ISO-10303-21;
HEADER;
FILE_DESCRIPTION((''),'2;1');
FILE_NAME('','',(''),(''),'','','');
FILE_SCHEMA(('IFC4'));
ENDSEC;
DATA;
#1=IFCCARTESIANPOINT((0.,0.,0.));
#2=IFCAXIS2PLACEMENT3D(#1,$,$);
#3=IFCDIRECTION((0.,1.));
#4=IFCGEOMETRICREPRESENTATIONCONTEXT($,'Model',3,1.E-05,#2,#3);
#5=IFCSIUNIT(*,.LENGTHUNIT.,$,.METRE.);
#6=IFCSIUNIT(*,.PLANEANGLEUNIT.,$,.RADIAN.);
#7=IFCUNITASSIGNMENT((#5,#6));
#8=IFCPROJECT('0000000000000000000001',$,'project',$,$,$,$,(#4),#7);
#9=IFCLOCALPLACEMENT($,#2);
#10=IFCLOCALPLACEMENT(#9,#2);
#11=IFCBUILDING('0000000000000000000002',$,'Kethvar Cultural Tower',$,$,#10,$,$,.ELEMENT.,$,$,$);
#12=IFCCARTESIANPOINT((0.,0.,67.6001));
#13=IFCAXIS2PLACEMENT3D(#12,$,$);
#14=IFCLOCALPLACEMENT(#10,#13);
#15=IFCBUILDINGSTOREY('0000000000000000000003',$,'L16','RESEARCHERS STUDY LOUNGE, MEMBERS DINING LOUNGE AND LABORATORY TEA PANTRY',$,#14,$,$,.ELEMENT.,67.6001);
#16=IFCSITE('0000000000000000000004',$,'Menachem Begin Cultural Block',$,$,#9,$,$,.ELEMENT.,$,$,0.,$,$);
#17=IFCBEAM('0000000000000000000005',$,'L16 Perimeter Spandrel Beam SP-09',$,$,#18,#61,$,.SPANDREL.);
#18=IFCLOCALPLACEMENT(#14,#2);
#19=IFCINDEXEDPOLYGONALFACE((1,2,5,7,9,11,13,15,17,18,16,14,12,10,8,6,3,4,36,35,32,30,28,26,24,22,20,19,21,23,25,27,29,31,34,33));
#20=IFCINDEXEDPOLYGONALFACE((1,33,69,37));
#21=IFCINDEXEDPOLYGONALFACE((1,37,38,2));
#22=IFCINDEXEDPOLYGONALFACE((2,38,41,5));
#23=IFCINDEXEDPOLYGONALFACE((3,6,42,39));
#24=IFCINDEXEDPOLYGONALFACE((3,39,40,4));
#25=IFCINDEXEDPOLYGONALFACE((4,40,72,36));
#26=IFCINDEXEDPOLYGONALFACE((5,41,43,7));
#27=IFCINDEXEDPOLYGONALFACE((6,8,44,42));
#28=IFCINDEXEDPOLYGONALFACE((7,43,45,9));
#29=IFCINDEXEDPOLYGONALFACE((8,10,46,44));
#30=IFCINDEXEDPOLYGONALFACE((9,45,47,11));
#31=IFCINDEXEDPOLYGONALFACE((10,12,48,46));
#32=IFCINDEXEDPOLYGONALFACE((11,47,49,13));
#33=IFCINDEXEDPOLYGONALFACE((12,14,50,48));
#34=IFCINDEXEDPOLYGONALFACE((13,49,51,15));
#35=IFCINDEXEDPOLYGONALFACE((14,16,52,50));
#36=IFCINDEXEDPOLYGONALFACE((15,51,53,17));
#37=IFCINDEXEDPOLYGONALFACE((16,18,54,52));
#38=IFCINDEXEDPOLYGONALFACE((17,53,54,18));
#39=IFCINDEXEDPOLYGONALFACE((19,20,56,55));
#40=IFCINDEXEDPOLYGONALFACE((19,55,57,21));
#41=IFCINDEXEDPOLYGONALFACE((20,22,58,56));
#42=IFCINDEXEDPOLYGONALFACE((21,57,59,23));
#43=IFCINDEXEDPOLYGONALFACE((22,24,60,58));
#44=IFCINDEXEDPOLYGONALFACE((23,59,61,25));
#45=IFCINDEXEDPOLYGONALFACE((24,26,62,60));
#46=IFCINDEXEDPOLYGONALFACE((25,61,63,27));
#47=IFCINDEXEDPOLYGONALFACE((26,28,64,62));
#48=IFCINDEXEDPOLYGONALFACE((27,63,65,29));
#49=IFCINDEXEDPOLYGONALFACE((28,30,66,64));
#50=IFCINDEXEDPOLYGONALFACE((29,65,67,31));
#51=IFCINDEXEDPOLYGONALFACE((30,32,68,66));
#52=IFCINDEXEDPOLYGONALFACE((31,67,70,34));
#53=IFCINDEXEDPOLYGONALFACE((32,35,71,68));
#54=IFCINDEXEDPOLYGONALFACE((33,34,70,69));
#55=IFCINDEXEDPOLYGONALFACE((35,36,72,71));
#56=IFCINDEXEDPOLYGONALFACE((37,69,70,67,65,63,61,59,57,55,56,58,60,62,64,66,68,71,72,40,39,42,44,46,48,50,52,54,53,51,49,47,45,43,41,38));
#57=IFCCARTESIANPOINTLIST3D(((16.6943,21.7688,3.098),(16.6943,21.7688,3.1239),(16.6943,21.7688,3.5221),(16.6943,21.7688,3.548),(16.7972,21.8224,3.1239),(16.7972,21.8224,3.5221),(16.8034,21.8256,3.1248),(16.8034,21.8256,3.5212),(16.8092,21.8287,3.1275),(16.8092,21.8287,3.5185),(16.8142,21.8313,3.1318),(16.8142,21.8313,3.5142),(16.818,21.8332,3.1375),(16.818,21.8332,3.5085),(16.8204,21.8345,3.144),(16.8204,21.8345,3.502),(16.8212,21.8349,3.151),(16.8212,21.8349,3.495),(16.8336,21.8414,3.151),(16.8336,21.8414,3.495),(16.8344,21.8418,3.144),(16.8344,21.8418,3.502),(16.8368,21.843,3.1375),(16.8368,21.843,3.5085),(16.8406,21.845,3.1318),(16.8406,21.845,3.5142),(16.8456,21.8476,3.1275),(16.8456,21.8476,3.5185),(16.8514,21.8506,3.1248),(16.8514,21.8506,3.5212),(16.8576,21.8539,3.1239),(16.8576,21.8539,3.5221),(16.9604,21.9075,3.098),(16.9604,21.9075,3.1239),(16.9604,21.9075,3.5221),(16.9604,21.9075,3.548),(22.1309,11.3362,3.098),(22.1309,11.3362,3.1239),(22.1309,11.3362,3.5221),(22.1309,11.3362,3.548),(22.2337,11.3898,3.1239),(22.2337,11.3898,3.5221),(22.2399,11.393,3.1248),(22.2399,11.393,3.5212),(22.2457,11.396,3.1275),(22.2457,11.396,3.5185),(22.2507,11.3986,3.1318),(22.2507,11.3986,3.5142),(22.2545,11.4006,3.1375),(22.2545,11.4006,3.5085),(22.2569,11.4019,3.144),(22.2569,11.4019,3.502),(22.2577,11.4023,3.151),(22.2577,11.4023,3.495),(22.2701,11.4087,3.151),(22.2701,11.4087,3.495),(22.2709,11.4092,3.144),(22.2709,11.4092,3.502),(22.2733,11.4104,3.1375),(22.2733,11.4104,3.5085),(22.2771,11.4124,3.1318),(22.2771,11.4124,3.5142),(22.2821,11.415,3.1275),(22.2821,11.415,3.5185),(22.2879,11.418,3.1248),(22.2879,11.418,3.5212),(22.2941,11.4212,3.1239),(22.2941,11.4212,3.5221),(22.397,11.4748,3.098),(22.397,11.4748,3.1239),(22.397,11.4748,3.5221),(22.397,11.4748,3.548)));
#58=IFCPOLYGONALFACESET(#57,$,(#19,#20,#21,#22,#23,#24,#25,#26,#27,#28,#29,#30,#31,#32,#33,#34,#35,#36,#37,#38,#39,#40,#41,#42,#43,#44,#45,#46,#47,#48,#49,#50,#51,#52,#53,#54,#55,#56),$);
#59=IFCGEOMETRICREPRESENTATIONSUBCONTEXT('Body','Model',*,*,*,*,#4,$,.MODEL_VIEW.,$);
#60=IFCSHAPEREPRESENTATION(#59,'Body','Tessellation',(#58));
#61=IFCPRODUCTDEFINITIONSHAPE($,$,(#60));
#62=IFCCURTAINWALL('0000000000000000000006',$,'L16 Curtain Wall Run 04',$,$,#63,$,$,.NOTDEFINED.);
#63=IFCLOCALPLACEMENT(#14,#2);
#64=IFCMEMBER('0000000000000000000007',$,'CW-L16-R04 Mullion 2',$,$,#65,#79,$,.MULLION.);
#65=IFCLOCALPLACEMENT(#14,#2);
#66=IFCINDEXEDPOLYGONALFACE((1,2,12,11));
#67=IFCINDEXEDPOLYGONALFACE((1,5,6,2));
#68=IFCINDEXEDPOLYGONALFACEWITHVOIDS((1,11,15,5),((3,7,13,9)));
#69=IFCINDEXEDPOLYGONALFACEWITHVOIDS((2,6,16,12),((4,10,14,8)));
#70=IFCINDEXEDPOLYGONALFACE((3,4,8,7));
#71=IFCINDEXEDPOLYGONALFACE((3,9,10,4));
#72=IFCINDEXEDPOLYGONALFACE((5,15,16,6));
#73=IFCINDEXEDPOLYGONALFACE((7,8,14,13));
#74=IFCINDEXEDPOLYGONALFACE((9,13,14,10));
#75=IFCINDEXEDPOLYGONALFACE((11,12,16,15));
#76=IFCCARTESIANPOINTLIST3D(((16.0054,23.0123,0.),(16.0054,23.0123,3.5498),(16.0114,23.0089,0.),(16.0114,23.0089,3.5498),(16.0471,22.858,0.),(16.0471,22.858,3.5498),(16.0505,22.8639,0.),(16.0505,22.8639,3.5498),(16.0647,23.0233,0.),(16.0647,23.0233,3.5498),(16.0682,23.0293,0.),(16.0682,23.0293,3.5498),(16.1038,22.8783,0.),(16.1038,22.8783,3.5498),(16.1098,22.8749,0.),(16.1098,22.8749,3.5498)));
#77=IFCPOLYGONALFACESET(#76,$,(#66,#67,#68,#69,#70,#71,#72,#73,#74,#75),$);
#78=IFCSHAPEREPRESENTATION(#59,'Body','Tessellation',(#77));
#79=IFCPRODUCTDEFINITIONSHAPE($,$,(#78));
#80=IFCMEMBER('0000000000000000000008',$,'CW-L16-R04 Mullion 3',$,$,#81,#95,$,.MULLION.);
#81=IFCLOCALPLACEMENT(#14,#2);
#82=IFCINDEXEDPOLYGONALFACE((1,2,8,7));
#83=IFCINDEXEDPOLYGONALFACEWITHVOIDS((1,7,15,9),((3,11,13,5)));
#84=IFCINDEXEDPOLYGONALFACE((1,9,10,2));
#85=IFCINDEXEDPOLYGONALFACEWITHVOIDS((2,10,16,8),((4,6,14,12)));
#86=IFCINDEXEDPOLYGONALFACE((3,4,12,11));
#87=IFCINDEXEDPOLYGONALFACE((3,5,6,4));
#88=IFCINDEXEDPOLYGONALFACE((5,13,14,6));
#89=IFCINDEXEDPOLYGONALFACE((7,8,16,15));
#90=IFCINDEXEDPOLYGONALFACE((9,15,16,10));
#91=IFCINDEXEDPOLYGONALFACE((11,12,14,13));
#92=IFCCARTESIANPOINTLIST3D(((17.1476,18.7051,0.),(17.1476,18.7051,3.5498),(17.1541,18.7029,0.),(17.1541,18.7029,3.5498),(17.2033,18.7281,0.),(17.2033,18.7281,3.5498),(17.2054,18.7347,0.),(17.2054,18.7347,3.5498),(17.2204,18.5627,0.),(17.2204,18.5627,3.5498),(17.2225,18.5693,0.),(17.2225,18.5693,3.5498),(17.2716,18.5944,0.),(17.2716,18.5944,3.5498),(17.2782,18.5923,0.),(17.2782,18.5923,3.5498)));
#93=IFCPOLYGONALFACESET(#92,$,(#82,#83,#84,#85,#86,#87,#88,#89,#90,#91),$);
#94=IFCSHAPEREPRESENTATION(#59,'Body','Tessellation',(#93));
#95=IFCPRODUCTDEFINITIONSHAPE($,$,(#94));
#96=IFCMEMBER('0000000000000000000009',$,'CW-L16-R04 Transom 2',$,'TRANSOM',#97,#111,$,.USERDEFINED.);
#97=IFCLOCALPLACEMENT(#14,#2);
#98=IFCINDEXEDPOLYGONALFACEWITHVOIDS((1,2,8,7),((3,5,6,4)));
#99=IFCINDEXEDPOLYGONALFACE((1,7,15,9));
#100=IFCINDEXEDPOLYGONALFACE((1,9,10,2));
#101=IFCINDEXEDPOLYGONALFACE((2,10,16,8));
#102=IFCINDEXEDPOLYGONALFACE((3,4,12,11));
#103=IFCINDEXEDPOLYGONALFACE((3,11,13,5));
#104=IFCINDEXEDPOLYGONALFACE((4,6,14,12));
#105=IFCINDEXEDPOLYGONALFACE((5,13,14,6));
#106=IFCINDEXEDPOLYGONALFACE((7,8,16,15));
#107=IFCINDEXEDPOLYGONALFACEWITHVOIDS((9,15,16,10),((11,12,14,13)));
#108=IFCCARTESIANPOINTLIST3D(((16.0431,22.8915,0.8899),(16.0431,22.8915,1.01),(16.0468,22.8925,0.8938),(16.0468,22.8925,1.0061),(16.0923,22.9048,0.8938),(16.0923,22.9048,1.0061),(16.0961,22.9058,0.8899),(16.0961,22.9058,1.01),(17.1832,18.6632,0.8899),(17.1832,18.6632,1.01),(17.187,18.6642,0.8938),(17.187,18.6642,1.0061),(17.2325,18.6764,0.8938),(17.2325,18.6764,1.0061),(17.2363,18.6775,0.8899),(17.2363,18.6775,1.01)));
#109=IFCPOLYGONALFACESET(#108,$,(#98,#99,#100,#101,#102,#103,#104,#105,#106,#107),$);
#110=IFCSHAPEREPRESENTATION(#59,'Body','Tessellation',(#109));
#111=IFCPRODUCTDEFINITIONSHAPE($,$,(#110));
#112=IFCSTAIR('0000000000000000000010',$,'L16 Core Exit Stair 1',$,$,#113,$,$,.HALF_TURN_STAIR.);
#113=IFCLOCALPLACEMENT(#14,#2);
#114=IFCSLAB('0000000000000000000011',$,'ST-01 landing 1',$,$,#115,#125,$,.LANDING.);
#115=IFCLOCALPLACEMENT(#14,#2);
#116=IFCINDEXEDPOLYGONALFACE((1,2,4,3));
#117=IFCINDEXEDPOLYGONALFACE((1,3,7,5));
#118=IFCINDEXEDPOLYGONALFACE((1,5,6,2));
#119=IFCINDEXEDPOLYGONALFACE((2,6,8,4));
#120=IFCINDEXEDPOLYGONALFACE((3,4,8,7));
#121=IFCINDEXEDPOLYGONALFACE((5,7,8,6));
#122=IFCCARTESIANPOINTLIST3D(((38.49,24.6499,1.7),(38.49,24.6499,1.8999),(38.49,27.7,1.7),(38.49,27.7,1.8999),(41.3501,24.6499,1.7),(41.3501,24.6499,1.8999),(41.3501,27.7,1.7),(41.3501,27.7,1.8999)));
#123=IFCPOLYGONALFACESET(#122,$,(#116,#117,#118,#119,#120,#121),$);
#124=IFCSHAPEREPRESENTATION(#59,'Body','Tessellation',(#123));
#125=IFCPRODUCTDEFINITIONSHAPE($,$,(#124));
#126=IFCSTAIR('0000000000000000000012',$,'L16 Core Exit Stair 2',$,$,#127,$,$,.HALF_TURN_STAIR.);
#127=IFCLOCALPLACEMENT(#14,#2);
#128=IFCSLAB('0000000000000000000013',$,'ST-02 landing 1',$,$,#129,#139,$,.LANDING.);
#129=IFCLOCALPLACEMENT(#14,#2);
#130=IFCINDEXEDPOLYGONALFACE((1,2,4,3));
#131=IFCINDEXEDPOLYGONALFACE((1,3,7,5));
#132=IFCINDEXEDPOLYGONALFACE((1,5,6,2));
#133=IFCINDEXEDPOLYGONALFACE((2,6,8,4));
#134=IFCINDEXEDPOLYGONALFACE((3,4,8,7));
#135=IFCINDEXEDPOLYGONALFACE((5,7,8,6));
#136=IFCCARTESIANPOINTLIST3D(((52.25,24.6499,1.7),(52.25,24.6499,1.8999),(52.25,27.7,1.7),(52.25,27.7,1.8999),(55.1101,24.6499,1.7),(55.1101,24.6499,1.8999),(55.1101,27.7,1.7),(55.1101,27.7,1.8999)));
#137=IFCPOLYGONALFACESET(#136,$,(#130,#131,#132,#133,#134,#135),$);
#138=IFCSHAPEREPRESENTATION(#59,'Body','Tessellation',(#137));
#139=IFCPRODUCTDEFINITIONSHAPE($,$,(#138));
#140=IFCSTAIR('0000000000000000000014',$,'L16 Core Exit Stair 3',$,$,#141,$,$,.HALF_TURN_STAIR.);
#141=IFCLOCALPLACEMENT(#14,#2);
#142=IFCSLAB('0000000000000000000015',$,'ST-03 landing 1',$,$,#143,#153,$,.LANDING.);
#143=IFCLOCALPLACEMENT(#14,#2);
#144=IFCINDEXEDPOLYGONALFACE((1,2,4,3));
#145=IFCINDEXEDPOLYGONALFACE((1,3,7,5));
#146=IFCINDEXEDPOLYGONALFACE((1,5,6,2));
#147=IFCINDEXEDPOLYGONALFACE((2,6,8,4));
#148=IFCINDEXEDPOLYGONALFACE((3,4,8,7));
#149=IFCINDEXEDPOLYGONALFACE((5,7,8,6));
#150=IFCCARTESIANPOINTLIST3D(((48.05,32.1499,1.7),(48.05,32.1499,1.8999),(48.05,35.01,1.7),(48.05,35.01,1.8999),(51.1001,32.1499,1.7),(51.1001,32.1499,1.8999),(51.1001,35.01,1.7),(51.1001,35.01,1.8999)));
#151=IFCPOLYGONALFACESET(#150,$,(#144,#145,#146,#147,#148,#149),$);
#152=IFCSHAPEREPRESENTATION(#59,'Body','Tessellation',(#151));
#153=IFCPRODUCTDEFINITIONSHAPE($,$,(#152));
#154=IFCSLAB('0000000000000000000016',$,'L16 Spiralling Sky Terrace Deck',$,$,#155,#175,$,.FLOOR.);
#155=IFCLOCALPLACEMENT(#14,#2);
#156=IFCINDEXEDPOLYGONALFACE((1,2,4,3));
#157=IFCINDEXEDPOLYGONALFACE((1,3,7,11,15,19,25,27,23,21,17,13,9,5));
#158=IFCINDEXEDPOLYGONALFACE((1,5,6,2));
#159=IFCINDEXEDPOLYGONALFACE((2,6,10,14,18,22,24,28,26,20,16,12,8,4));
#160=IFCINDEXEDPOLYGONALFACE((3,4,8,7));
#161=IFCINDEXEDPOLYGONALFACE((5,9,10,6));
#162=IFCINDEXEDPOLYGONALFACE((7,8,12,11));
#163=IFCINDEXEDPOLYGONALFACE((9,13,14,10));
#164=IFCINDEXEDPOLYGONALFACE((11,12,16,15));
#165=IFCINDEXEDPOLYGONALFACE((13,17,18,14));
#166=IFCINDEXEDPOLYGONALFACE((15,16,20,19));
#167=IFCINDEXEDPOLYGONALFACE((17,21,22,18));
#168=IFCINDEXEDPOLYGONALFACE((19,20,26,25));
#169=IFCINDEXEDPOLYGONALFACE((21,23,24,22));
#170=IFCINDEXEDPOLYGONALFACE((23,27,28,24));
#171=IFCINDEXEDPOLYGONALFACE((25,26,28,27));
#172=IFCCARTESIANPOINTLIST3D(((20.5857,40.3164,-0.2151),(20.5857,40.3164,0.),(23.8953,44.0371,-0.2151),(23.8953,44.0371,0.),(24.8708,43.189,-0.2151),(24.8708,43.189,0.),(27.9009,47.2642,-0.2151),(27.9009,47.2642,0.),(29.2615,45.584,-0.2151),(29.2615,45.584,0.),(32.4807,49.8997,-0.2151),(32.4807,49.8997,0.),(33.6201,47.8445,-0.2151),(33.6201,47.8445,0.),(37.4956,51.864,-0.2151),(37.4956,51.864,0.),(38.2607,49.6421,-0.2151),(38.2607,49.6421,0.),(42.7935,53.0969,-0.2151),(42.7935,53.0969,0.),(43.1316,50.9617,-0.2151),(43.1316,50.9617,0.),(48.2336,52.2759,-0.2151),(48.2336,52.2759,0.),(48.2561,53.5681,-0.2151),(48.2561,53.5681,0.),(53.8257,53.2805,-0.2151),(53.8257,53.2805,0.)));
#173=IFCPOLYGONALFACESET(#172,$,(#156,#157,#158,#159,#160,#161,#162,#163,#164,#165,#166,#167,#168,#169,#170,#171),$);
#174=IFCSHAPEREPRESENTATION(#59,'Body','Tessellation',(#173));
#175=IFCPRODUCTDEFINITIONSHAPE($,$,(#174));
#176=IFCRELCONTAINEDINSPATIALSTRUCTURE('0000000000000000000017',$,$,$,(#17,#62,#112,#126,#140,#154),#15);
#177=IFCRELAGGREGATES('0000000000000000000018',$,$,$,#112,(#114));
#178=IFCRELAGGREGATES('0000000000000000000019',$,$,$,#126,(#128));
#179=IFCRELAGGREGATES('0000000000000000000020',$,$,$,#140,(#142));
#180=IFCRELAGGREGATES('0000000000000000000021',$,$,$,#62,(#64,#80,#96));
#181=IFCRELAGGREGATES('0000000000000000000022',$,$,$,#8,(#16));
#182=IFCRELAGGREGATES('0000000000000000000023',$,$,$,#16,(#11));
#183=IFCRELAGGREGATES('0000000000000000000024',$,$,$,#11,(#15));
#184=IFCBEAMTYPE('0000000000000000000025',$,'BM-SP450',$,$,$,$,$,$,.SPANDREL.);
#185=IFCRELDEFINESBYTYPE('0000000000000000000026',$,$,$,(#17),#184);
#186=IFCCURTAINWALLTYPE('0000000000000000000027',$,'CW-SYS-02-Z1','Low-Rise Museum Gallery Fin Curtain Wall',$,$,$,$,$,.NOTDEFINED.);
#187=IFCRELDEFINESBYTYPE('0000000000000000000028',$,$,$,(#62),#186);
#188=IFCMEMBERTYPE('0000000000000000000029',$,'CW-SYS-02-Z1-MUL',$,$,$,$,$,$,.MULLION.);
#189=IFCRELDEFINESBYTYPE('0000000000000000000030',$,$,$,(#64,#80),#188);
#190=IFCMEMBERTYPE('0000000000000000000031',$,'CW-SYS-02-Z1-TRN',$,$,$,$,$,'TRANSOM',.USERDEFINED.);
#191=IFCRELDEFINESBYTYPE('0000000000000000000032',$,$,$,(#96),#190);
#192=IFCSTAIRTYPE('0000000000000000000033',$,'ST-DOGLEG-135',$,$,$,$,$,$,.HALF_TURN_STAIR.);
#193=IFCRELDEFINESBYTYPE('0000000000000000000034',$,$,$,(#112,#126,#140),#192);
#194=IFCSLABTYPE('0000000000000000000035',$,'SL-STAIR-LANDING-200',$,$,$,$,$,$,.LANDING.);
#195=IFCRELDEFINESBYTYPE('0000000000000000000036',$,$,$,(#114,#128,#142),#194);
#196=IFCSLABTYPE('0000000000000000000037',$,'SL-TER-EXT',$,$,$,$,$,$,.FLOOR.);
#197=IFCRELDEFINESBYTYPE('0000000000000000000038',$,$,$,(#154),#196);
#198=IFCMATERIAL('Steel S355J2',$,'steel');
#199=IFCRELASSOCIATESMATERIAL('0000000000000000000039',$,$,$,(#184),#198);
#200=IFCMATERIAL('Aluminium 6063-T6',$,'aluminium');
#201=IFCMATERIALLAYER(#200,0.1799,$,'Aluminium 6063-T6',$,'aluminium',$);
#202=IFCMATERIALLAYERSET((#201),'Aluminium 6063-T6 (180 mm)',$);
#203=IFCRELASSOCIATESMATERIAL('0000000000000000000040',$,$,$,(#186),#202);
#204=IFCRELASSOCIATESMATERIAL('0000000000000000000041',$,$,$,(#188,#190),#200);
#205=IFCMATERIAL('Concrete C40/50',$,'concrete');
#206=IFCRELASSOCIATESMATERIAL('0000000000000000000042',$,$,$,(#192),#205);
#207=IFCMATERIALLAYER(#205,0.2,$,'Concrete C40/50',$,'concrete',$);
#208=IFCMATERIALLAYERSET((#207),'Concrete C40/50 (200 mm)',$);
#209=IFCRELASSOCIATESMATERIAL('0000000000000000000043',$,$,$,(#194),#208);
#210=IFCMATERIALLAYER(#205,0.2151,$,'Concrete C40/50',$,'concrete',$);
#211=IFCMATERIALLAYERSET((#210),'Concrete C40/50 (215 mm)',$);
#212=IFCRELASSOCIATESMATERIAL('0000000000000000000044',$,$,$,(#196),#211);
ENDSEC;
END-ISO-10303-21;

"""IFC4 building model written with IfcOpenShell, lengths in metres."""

from ifc_helpers import new_model, si_unit, direction, frame, origin, origin_2d, place, context, subcontext, project, spatial, polyline, hollow_rectangle, i_section, outline, extrude, source, transform, mapped, material, layer, layer_set, material_profile, profile_set, type_object, element, aggregate, save


model = new_model("IFC4")

# Units and contexts
model_context = context("Model", 3, precision=1e-05, world=origin(), true_north=direction((0.0, 1.0)))
body_context = subcontext(model_context, "Body", "Model", "MODEL_VIEW")
ifc_project = project(units=[si_unit("LENGTHUNIT", "METRE"), si_unit("PLANEANGLEUNIT", "RADIAN")], contexts=[model_context])

# Site, building, storey
site_placement = place(None, origin())
site = spatial("IfcSite", under=ifc_project, at=site_placement, Name="Menachem Begin Cultural Block", CompositionType="ELEMENT", RefElevation=0.0)
building_placement = place(site_placement, origin())
building = spatial("IfcBuilding", under=site, at=building_placement, Name="Kethvar Cultural Tower", CompositionType="ELEMENT")
storey_placement = place(building_placement, frame((0.0, 0.0, 67.6001)))
storey = spatial("IfcBuildingStorey", under=building, at=storey_placement, Name="L16", Description="RESEARCHERS STUDY LOUNGE, MEMBERS DINING LOUNGE AND LABORATORY TEA PANTRY", CompositionType="ELEMENT", Elevation=67.6001)

# Beam
ifc_material_1 = material(Name="Steel S355J2", Category="steel")
ifc_material_profile_1 = material_profile(ifc_material_1, i_section(OverallWidth=0.3, OverallDepth=0.45, WebThickness=0.0139, FlangeThickness=0.0259, FilletRadius=0.0271, at=origin_2d()), Name="Steel S355J2 — HEB450")
ifc_profile_set_1 = profile_set([ifc_material_profile_1], Name="Steel S355J2 — HEB450")
beam_type = type_object("IfcBeamType", Name="BM-SP450", PredefinedType="SPANDREL", material=ifc_profile_set_1)
shared_shape_1 = source(origin(), body_context, "Body", "SweptSolid", [
    extrude(i_section(OverallWidth=0.3, OverallDepth=0.45, WebThickness=0.0139, FlangeThickness=0.0259, FilletRadius=0.0271, at=origin_2d()), origin(), (0.0, 0.0, 1.0), 11.7642),
])
beam_placement = place(storey_placement, frame((16.8274, 21.8381, 3.323), z_axis=(0.462126, -0.886814, 0.0), x_axis=(0.886814, 0.462126, 0.0)))
element("IfcBeam", 1, at=beam_placement, inside=storey, type_object=beam_type, Name="L16 Perimeter Spandrel Beam SP-09", PredefinedType="SPANDREL", context=body_context, shape_type="MappedRepresentation", body=[
    mapped(shared_shape_1, transform((0.0, 0.0, 0.0), scale=1.0)),
])

# Curtain wall, members
ifc_material_2 = material(Name="Aluminium 6063-T6", Category="aluminium")
ifc_layer_1 = layer(ifc_material_2, 0.1799, Name="Aluminium 6063-T6", Category="aluminium")
ifc_layer_set_1 = layer_set([ifc_layer_1], Name="Aluminium 6063-T6 (180 mm)")
curtain_wall_type = type_object("IfcCurtainWallType", Name="CW-SYS-02-Z1", Description="Low-Rise Museum Gallery Fin Curtain Wall", PredefinedType="NOTDEFINED", material=ifc_layer_set_1)
curtain_wall_placement = place(storey_placement, origin())
curtain_wall = element("IfcCurtainWall", 2, at=curtain_wall_placement, inside=storey, type_object=curtain_wall_type, Name="L16 Curtain Wall Run 04", PredefinedType="NOTDEFINED")
ifc_material_profile_2 = material_profile(ifc_material_2, hollow_rectangle(XDim=0.0649, YDim=0.1599, WallThickness=0.0049, at=origin_2d()), Name="Aluminium 6063-T6 — RHS160x65x5")
ifc_profile_set_2 = profile_set([ifc_material_profile_2], Name="Aluminium 6063-T6 — RHS160x65x5")
member_type_1 = type_object("IfcMemberType", Name="CW-SYS-02-Z1-MUL", PredefinedType="MULLION", material=ifc_profile_set_2)
shared_shape_2 = source(origin(), body_context, "Body", "SweptSolid", [
    extrude(hollow_rectangle(XDim=0.0649, YDim=0.1599, WallThickness=0.0049, at=origin_2d()), origin(), (0.0, 0.0, 1.0), 3.5498),
])
member_1_placement = place(storey_placement, frame((16.0576, 22.9436, 0.0), z_axis=(0.0, 0.0, 1.0), x_axis=(0.965514, 0.260353, 0.0)))
member_1 = element("IfcMember", 3, at=member_1_placement, type_object=member_type_1, Name="CW-L16-R04 Mullion 2", PredefinedType="MULLION", context=body_context, shape_type="MappedRepresentation", body=[
    mapped(shared_shape_2, transform((0.0, 0.0, 0.0), scale=1.0)),
])
member_2_placement = place(storey_placement, frame((17.2129, 18.6487, 0.0), z_axis=(0.0, 0.0, 1.0), x_axis=(0.890213, 0.455545, 0.0)))
member_2 = element("IfcMember", 4, at=member_2_placement, type_object=member_type_1, Name="CW-L16-R04 Mullion 3", PredefinedType="MULLION", context=body_context, shape_type="MappedRepresentation", body=[
    mapped(shared_shape_2, transform((0.0, 0.0, 0.0), scale=1.0)),
])
ifc_material_profile_3 = material_profile(ifc_material_2, hollow_rectangle(XDim=0.0549, YDim=0.1201, WallThickness=0.0039, at=origin_2d()), Name="Aluminium 6063-T6 — RHS120x55x4")
ifc_profile_set_3 = profile_set([ifc_material_profile_3], Name="Aluminium 6063-T6 — RHS120x55x4")
member_type_2 = type_object("IfcMemberType", Name="CW-SYS-02-Z1-TRN", ElementType="TRANSOM", PredefinedType="USERDEFINED", material=ifc_profile_set_3)
shared_shape_3 = source(origin(), body_context, "Body", "SweptSolid", [
    extrude(hollow_rectangle(XDim=0.0549, YDim=0.1201, WallThickness=0.0039, at=origin_2d()), origin(), (0.0, 0.0, 1.0), 4.3794),
])
member_3_placement = place(storey_placement, frame((16.0696, 22.8987, 0.95), z_axis=(0.260347, -0.965515, 0.0), x_axis=(0.965515, 0.260347, 0.0)))
member_3 = element("IfcMember", 5, at=member_3_placement, type_object=member_type_2, Name="CW-L16-R04 Transom 2", ObjectType="TRANSOM", PredefinedType="USERDEFINED", context=body_context, shape_type="MappedRepresentation", body=[
    mapped(shared_shape_3, transform((0.0, 0.0, 0.0), scale=1.0)),
])

# Stairs, slabs
ifc_material_3 = material(Name="Concrete C40/50", Category="concrete")
stair_type = type_object("IfcStairType", Name="ST-DOGLEG-135", PredefinedType="HALF_TURN_STAIR", material=ifc_material_3)
stair_1_placement = place(storey_placement, origin())
stair_1 = element("IfcStair", 6, at=stair_1_placement, inside=storey, type_object=stair_type, Name="L16 Core Exit Stair 1", PredefinedType="HALF_TURN_STAIR")
ifc_layer_2 = layer(ifc_material_3, 0.2, Name="Concrete C40/50", Category="concrete")
ifc_layer_set_2 = layer_set([ifc_layer_2], Name="Concrete C40/50 (200 mm)")
slab_type_1 = type_object("IfcSlabType", Name="SL-STAIR-LANDING-200", PredefinedType="LANDING", material=ifc_layer_set_2)
slab_1_placement = place(storey_placement, frame((0.0, 0.0, 1.7)))
slab_1 = element("IfcSlab", 7, at=slab_1_placement, type_object=slab_type_1, Name="ST-01 landing 1", PredefinedType="LANDING", context=body_context, shape_type="SweptSolid", body=[
    extrude(outline(polyline([(41.3501, 24.6499), (41.3501, 27.7), (38.49, 27.7), (38.49, 24.6499), (41.3501, 24.6499)])), origin(), (0.0, 0.0, 1.0), 0.2),
])
aggregate(stair_1, [slab_1])
stair_2_placement = place(storey_placement, origin())
stair_2 = element("IfcStair", 8, at=stair_2_placement, inside=storey, type_object=stair_type, Name="L16 Core Exit Stair 2", PredefinedType="HALF_TURN_STAIR")
slab_2_placement = place(storey_placement, frame((0.0, 0.0, 1.7)))
slab_2 = element("IfcSlab", 9, at=slab_2_placement, type_object=slab_type_1, Name="ST-02 landing 1", PredefinedType="LANDING", context=body_context, shape_type="SweptSolid", body=[
    extrude(outline(polyline([(55.1101, 24.6499), (55.1101, 27.7), (52.25, 27.7), (52.25, 24.6499), (55.1101, 24.6499)])), origin(), (0.0, 0.0, 1.0), 0.2),
])
aggregate(stair_2, [slab_2])
stair_3_placement = place(storey_placement, origin())
stair_3 = element("IfcStair", 10, at=stair_3_placement, inside=storey, type_object=stair_type, Name="L16 Core Exit Stair 3", PredefinedType="HALF_TURN_STAIR")
slab_3_placement = place(storey_placement, frame((0.0, 0.0, 1.7)))
slab_3 = element("IfcSlab", 11, at=slab_3_placement, type_object=slab_type_1, Name="ST-03 landing 1", PredefinedType="LANDING", context=body_context, shape_type="SweptSolid", body=[
    extrude(outline(polyline([(51.1001, 35.01), (48.05, 35.01), (48.05, 32.1499), (51.1001, 32.1499), (51.1001, 35.01)])), origin(), (0.0, 0.0, 1.0), 0.2),
])
aggregate(stair_3, [slab_3])

# Slab
ifc_layer_3 = layer(ifc_material_3, 0.2151, Name="Concrete C40/50", Category="concrete")
ifc_layer_set_3 = layer_set([ifc_layer_3], Name="Concrete C40/50 (215 mm)")
slab_type_2 = type_object("IfcSlabType", Name="SL-TER-EXT", PredefinedType="FLOOR", material=ifc_layer_set_3)
slab_4_placement = place(storey_placement, frame((0.0, 0.0, -0.2151)))
element("IfcSlab", 12, at=slab_4_placement, inside=storey, type_object=slab_type_2, Name="L16 Spiralling Sky Terrace Deck", PredefinedType="FLOOR", context=body_context, shape_type="SweptSolid", body=[
    extrude(outline(polyline([(53.8257, 53.2805), (48.2561, 53.5681), (42.7935, 53.0969), (37.4956, 51.864), (32.4807, 49.8997), (27.9009, 47.2642), (23.8953, 44.0371), (20.5857, 40.3164), (24.8708, 43.189), (29.2615, 45.584), (33.6201, 47.8445), (38.2607, 49.6421), (43.1316, 50.9617), (48.2336, 52.2759), (53.8257, 53.2805)])), origin(), (0.0, 0.0, 1.0), 0.2151),
])

aggregate(curtain_wall, [member_1, member_2, member_3])

save(model, "model.ifc")
